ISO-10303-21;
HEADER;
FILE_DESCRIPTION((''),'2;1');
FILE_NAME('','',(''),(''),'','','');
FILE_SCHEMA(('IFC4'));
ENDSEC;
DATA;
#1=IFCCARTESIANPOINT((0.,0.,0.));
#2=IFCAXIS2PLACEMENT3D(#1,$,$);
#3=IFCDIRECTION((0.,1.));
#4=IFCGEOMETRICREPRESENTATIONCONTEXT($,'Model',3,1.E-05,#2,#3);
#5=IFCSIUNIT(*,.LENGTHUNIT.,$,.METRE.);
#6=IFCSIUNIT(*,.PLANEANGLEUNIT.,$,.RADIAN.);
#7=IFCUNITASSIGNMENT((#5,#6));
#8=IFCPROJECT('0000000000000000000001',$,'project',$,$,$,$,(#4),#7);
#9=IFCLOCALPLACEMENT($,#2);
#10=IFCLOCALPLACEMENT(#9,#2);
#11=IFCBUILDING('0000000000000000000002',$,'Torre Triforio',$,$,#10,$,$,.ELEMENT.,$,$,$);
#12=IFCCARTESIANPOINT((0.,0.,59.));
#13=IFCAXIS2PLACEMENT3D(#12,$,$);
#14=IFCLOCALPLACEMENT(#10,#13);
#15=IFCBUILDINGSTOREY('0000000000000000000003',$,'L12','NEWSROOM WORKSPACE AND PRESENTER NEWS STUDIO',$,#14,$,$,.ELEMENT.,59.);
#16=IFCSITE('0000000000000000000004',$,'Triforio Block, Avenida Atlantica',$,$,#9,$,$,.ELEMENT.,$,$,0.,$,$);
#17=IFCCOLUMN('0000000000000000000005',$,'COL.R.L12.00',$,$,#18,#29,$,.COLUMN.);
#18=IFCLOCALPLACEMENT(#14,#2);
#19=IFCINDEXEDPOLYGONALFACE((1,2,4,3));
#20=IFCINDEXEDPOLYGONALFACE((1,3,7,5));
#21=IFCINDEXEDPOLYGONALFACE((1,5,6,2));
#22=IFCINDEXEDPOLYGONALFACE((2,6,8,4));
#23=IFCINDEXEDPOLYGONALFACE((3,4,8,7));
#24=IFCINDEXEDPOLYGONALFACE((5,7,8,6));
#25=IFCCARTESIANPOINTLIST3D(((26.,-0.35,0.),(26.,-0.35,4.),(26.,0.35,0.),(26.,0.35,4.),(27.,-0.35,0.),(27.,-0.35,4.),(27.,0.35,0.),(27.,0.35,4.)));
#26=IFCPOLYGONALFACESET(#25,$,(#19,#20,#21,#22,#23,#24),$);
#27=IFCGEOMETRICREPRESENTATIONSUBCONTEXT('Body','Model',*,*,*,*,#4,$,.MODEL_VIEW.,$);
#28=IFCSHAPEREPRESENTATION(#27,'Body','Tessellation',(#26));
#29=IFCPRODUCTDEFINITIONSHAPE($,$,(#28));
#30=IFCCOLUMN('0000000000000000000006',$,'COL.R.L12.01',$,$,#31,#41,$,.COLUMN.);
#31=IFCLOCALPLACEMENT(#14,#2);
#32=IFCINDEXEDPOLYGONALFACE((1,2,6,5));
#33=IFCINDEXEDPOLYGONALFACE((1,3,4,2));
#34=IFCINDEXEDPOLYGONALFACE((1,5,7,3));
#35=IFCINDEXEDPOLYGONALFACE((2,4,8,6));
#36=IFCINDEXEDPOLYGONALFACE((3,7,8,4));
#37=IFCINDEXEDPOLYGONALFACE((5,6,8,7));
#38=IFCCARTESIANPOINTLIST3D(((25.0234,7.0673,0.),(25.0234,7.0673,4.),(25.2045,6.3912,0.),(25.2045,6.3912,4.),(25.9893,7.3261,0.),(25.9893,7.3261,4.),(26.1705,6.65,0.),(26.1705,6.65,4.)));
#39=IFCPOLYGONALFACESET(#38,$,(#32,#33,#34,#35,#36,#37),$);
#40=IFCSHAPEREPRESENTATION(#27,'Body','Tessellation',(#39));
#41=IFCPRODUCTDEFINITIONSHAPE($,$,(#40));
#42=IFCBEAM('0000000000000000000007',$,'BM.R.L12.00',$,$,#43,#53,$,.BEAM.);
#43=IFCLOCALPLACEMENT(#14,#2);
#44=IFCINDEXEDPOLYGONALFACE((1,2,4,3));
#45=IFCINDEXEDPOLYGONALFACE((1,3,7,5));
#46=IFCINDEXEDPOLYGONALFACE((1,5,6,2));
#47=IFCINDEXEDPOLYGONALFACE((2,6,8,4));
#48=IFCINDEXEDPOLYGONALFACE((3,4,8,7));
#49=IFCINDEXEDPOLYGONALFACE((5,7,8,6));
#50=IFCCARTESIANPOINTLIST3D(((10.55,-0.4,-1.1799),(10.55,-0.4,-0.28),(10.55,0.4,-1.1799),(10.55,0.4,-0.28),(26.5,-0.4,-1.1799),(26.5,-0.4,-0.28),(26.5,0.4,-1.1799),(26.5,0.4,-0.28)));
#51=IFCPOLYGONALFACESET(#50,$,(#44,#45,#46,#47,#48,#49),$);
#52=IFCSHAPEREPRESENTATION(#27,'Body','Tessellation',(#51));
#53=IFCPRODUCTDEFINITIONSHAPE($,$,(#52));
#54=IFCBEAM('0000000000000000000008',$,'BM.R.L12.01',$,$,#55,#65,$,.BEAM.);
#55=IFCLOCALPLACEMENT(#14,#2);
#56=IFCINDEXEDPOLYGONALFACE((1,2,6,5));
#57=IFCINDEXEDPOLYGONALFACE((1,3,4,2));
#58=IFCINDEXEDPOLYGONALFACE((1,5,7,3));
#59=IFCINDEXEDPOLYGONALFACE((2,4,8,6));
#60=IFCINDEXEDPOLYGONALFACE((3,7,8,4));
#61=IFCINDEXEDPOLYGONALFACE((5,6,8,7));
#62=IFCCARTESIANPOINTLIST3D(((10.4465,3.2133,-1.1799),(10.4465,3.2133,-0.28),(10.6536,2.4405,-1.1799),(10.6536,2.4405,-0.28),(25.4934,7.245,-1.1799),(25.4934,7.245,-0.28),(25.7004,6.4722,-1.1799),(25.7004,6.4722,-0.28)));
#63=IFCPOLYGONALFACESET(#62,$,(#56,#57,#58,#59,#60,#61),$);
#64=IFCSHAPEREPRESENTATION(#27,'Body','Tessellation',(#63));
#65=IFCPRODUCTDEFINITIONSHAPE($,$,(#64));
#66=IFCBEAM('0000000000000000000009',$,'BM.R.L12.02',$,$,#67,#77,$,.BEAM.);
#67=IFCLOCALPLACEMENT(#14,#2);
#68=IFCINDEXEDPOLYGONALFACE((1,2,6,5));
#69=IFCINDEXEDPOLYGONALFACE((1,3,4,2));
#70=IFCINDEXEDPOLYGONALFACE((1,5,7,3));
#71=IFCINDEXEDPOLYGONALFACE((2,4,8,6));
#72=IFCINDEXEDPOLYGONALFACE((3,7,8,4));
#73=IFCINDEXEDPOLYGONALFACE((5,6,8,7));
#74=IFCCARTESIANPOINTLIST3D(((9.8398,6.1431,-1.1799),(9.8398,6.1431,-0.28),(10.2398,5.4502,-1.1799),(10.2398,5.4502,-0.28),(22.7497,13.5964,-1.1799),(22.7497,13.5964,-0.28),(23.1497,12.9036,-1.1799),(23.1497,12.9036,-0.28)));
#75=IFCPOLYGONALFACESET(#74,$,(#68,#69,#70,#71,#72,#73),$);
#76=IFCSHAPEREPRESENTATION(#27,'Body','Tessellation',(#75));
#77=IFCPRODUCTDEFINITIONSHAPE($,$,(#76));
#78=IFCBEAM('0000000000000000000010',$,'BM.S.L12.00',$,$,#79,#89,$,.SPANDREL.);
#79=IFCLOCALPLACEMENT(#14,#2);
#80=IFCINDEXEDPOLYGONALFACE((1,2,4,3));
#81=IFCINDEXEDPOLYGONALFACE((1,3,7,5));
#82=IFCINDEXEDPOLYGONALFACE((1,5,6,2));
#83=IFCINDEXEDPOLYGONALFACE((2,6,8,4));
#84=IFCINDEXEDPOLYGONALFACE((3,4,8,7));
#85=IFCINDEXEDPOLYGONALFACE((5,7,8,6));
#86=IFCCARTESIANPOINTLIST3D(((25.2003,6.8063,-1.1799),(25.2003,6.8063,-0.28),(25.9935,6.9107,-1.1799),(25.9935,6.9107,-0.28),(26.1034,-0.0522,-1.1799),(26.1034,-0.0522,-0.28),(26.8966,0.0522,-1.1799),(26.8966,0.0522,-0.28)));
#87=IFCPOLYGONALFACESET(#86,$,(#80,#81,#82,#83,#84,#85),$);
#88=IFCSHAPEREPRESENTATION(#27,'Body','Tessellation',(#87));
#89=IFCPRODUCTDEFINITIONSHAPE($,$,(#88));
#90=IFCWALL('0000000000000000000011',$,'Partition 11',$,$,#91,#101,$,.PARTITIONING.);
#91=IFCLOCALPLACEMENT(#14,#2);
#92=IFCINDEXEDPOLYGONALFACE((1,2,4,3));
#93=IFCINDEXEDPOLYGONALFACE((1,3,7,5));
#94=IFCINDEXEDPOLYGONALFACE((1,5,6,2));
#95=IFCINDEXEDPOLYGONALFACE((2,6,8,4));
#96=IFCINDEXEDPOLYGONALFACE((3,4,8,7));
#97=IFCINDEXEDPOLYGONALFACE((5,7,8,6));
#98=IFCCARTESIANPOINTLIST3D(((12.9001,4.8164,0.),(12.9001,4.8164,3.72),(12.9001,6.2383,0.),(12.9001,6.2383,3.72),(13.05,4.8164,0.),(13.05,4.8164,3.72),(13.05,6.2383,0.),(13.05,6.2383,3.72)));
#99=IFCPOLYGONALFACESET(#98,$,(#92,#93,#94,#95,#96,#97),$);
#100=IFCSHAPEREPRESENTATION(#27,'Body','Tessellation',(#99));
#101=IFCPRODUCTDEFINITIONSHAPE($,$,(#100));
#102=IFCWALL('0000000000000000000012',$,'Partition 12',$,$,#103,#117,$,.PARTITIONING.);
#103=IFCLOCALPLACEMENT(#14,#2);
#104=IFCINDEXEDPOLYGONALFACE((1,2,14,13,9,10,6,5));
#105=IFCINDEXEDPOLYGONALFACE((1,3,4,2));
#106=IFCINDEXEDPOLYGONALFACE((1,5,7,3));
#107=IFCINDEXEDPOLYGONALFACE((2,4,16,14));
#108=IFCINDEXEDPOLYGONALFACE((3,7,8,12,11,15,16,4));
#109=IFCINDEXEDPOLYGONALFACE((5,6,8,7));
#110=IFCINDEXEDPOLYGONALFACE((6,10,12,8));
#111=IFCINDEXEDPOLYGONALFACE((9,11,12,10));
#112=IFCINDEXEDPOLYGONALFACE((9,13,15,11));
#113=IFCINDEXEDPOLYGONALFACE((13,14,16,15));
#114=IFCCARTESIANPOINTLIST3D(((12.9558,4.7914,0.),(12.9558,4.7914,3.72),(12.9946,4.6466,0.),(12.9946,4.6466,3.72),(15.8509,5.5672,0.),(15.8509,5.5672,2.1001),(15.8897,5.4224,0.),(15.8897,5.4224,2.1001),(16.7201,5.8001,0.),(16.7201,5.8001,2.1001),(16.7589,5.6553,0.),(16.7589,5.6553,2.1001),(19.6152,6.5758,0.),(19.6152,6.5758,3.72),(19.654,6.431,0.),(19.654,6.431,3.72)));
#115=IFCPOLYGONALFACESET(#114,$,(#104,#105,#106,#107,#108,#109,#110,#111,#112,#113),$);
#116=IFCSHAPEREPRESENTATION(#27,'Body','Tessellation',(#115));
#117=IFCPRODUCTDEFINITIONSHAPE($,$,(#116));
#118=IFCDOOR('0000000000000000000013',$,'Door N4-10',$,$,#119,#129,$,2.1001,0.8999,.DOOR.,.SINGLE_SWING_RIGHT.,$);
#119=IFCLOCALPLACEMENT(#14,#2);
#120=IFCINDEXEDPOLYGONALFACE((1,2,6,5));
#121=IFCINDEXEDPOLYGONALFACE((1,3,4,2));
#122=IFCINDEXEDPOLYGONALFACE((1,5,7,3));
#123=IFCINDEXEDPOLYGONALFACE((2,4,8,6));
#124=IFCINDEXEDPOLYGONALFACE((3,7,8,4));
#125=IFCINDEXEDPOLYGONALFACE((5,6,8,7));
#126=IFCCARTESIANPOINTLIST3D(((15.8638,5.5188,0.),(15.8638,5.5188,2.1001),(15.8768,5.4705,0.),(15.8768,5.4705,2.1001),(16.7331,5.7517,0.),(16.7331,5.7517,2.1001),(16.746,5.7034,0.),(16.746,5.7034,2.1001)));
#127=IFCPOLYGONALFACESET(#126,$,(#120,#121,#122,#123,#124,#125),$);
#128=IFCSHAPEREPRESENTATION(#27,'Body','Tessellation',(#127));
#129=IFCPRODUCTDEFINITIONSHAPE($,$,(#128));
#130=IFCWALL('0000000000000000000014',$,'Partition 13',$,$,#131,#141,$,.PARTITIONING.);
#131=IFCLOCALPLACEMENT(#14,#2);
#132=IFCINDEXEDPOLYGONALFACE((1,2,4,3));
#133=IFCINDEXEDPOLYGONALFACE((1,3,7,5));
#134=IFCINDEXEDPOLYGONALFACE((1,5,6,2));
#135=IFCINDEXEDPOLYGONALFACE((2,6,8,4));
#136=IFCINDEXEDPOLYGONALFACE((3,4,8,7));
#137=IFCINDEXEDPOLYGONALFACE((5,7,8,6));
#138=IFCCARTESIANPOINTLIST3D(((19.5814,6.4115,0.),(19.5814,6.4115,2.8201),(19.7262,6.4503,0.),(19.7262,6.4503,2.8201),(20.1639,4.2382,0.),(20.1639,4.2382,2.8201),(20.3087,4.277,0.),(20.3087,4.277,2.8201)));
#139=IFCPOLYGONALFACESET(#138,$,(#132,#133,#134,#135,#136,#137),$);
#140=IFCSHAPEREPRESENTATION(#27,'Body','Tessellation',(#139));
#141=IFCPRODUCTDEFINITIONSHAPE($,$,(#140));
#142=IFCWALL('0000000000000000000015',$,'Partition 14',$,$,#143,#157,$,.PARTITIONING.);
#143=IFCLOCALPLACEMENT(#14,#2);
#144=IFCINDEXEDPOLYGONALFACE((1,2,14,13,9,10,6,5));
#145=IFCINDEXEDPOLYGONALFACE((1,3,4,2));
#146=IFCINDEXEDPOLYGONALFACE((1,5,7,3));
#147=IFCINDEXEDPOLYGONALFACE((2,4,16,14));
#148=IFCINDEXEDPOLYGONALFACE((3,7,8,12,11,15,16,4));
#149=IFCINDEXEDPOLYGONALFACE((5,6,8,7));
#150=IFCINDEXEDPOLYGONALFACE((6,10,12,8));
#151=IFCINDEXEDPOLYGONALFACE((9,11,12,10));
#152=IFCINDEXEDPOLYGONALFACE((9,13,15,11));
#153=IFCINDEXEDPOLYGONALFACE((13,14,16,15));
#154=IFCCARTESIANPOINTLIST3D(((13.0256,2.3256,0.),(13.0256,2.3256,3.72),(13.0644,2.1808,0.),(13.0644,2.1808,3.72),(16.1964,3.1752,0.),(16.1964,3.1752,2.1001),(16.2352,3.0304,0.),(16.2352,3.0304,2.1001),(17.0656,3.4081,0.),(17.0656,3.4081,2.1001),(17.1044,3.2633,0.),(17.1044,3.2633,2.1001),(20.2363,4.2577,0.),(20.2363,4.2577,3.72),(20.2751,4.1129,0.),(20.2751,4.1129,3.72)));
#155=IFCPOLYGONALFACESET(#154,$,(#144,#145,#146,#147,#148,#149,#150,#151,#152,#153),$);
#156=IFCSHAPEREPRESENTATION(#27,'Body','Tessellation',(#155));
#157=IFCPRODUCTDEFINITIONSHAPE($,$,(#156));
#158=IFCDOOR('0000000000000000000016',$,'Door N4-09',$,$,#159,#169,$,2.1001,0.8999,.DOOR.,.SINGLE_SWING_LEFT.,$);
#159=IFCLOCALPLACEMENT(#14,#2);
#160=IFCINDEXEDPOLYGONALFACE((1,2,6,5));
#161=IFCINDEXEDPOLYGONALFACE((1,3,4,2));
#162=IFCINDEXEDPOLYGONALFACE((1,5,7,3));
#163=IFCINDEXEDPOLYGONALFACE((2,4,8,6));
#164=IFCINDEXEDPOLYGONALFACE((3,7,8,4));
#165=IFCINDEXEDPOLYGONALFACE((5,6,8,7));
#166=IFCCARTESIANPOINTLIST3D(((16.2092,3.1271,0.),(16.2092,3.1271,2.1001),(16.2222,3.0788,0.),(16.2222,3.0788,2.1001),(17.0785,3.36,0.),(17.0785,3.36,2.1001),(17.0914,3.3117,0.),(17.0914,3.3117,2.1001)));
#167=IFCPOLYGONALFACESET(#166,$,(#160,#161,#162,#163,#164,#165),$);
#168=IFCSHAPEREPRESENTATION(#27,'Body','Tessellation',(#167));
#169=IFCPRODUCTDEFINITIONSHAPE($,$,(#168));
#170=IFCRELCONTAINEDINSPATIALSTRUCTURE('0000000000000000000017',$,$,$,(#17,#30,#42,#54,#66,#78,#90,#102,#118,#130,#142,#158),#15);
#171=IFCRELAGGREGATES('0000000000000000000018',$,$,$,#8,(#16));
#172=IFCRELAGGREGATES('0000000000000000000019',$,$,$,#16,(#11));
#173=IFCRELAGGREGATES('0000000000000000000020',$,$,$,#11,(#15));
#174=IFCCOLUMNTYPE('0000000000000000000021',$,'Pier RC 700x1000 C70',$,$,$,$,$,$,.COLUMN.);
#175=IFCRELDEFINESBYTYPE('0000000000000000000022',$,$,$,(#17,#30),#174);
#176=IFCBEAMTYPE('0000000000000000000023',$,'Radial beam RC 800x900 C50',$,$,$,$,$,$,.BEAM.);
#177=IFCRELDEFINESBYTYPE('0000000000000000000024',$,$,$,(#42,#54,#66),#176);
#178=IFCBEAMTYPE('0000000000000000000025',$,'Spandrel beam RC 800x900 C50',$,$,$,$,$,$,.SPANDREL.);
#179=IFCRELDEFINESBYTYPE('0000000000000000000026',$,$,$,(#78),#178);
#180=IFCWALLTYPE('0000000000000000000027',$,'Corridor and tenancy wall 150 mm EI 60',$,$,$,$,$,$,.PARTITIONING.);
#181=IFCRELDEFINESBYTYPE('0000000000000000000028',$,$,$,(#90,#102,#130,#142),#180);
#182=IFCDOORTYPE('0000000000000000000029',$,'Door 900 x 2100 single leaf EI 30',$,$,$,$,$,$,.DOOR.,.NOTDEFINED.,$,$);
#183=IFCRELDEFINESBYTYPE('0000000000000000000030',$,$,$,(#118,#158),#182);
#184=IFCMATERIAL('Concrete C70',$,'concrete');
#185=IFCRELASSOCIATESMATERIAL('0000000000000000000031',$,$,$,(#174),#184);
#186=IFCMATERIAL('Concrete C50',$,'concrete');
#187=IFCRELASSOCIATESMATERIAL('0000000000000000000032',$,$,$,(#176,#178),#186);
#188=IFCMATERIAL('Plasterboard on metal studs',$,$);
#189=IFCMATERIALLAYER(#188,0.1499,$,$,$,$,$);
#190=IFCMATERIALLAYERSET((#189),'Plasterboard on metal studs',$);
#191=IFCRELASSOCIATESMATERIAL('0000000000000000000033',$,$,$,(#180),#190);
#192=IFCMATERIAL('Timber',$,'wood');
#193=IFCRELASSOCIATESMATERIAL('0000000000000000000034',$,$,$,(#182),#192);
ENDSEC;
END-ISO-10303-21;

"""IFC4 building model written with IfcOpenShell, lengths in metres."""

from ifc_helpers import new_model, si_unit, direction, frame, frame_2d, origin, origin_2d, place, context, subcontext, project, spatial, rectangle, extrude, material, layer, layer_set, material_profile, profile_set, type_object, element, fill, save


model = new_model("IFC4")

# Units and contexts
model_context = context("Model", 3, precision=1e-05, world=origin(), true_north=direction((0.0, 1.0)))
body_context = subcontext(model_context, "Body", "Model", "MODEL_VIEW")
ifc_project = project(units=[si_unit("LENGTHUNIT", "METRE"), si_unit("PLANEANGLEUNIT", "RADIAN")], contexts=[model_context])

# Site, building, storey
site_placement = place(None, origin())
site = spatial("IfcSite", under=ifc_project, at=site_placement, Name="Triforio Block, Avenida Atlantica", CompositionType="ELEMENT", RefElevation=0.0)
building_placement = place(site_placement, origin())
building = spatial("IfcBuilding", under=site, at=building_placement, Name="Torre Triforio", CompositionType="ELEMENT")
storey_placement = place(building_placement, frame((0.0, 0.0, 59.0)))
storey = spatial("IfcBuildingStorey", under=building, at=storey_placement, Name="L12", Description="NEWSROOM WORKSPACE AND PRESENTER NEWS STUDIO", CompositionType="ELEMENT", Elevation=59.0)

# Columns
ifc_material_1 = material(Name="Concrete C70", Category="concrete")
ifc_material_profile_1 = material_profile(ifc_material_1, rectangle(XDim=0.7, YDim=1.0, at=origin_2d()), Name="RC 700x1000")
ifc_profile_set_1 = profile_set([ifc_material_profile_1], Name="Concrete C70")
column_type = type_object("IfcColumnType", Name="Pier RC 700x1000 C70", PredefinedType="COLUMN", material=ifc_profile_set_1)
for number, where, z_axis, x_axis, name in (
    (1, (26.5, 0.0, 0.0), (0.0, 0.0, 1.0), (0.0, 1.0, 0.0), "COL.R.L12.00"),
    (2, (25.5969, 6.8586, 0.0), (0.0, 0.0, 1.0), (-0.258819, 0.965926, 0.0), "COL.R.L12.01"),
):
    element("IfcColumn", number, at=place(storey_placement, frame(where, z_axis=z_axis, x_axis=x_axis)), inside=storey, type_object=column_type, Name=name, PredefinedType="COLUMN", context=body_context, shape_type="SweptSolid", body=[
        extrude(rectangle(XDim=0.7, YDim=1.0, at=origin_2d()), origin(), (0.0, 0.0, 1.0), 4.0),
    ])

# Beams
ifc_material_2 = material(Name="Concrete C50", Category="concrete")
ifc_material_profile_2 = material_profile(ifc_material_2, rectangle(XDim=0.8, YDim=0.8999, at=origin_2d()), Name="RC 800x900")
ifc_profile_set_2 = profile_set([ifc_material_profile_2], Name="Concrete C50")
beam_type_1 = type_object("IfcBeamType", Name="Radial beam RC 800x900 C50", PredefinedType="BEAM", material=ifc_profile_set_2)
beam_1_placement = place(storey_placement, frame((10.55, 0.0, -0.73), z_axis=(1.0, 0.0, 0.0), x_axis=(0.0, 1.0, 0.0)))
element("IfcBeam", 3, at=beam_1_placement, inside=storey, type_object=beam_type_1, Name="BM.R.L12.00", PredefinedType="BEAM", context=body_context, shape_type="SweptSolid", body=[
    extrude(rectangle(XDim=0.8, YDim=0.8999, at=origin_2d()), origin(), (0.0, 0.0, 1.0), 15.95),
])
beam_2_placement = place(storey_placement, frame((10.55, 2.8269, -0.73), z_axis=(0.965927, 0.258815, 0.0), x_axis=(-0.258815, 0.965927, 0.0)))
element("IfcBeam", 4, at=beam_2_placement, inside=storey, type_object=beam_type_1, Name="BM.R.L12.01", PredefinedType="BEAM", context=body_context, shape_type="SweptSolid", body=[
    extrude(rectangle(XDim=0.8, YDim=0.8999, at=origin_2d()), origin(), (0.0, 0.0, 1.0), 15.5776),
])
beam_3_placement = place(storey_placement, frame((10.0398, 5.7966, -0.73), z_axis=(0.86603, 0.499991, 0.0), x_axis=(-0.499991, 0.86603, 0.0)))
element("IfcBeam", 5, at=beam_3_placement, inside=storey, type_object=beam_type_1, Name="BM.R.L12.02", PredefinedType="BEAM", context=body_context, shape_type="SweptSolid", body=[
    extrude(rectangle(XDim=0.8, YDim=0.8999, at=origin_2d()), origin(), (0.0, 0.0, 1.0), 14.907),
])
ifc_material_profile_3 = material_profile(ifc_material_2, rectangle(XDim=0.8, YDim=0.8999, at=origin_2d()), Name="RC 800x900")
ifc_profile_set_3 = profile_set([ifc_material_profile_3], Name="Concrete C50")
beam_type_2 = type_object("IfcBeamType", Name="Spandrel beam RC 800x900 C50", PredefinedType="SPANDREL", material=ifc_profile_set_3)
beam_4_placement = place(storey_placement, frame((26.5, 0.0, -0.73), z_axis=(-0.130543, 0.991443, 0.0), x_axis=(-0.991443, -0.130543, 0.0)))
element("IfcBeam", 6, at=beam_4_placement, inside=storey, type_object=beam_type_2, Name="BM.S.L12.00", PredefinedType="SPANDREL", context=body_context, shape_type="SweptSolid", body=[
    extrude(rectangle(XDim=0.8, YDim=0.8999, at=origin_2d()), origin(), (0.0, 0.0, 1.0), 6.9177),
])

# Wall
ifc_material_3 = material(Name="Plasterboard on metal studs")
ifc_layer_1 = layer(ifc_material_3, 0.1499)
ifc_layer_set_1 = layer_set([ifc_layer_1], Name="Plasterboard on metal studs")
wall_type_1 = type_object("IfcWallType", Name="Corridor and tenancy wall 150 mm EI 60", PredefinedType="PARTITIONING", material=ifc_layer_set_1)
wall_1_placement = place(storey_placement, frame((12.9751, 6.2383, 0.0), z_axis=(0.0, 0.0, 1.0), x_axis=(0.0, -1.0, 0.0)))
element("IfcWall", 7, at=wall_1_placement, inside=storey, type_object=wall_type_1, Name="Partition 11", PredefinedType="PARTITIONING", context=body_context, shape_type="SweptSolid", body=[
    extrude(rectangle(XDim=1.4219, YDim=0.1499, at=frame_2d((0.7109, 0.0))), origin(), (0.0, 0.0, 1.0), 3.72),
])

# Wall, opening, door
wall_2_placement = place(storey_placement, frame((12.9751, 4.719, 0.0), z_axis=(0.0, 0.0, 1.0), x_axis=(0.965924, 0.258824, 0.0)))
wall_2 = element("IfcWall", 8, at=wall_2_placement, inside=storey, type_object=wall_type_1, Name="Partition 12", PredefinedType="PARTITIONING", context=body_context, shape_type="SweptSolid", body=[
    extrude(rectangle(XDim=6.8943, YDim=0.1499, at=frame_2d((3.4473, 0.0))), origin(), (0.0, 0.0, 1.0), 3.72),
])
opening_1_placement = place(wall_2_placement, frame((2.9973, 0.0, 0.0)))
opening_1 = element("IfcOpeningElement", 9, at=opening_1_placement, cuts=wall_2, PredefinedType="OPENING", context=body_context, shape_type="SweptSolid", body=[
    extrude(rectangle(XDim=0.8999, YDim=2.1001, at=frame_2d((0.45, 1.05))), frame((0.0, 0.085, 0.0), z_axis=(0.0, -1.0, 0.0), x_axis=(1.0, 0.0, 0.0)), (0.0, 0.0, 1.0), 0.1699),
])
ifc_material_4 = material(Name="Timber", Category="wood")
door_type_1 = type_object("IfcDoorType", Name="Door 900 x 2100 single leaf EI 30", OperationType="NOTDEFINED", PredefinedType="DOOR", material=ifc_material_4)
door_1_placement = place(opening_1_placement, origin())
door_1 = element("IfcDoor", 10, at=door_1_placement, inside=storey, type_object=door_type_1, Name="Door N4-10", OperationType="SINGLE_SWING_RIGHT", OverallHeight=2.1001, OverallWidth=0.8999, PredefinedType="DOOR", context=body_context, shape_type="SweptSolid", body=[
    extrude(rectangle(XDim=0.8999, YDim=2.1001, at=frame_2d((0.45, 1.05))), frame((0.0, 0.0249, 0.0), z_axis=(0.0, -1.0, 0.0), x_axis=(1.0, 0.0, 0.0)), (0.0, 0.0, 1.0), 0.05),
])
fill(opening_1, door_1)

# Wall
wall_3_placement = place(storey_placement, frame((19.6538, 6.4309, 0.0), z_axis=(0.0, 0.0, 1.0), x_axis=(0.258892, -0.965906, 0.0)))
element("IfcWall", 11, at=wall_3_placement, inside=storey, type_object=wall_type_1, Name="Partition 13", PredefinedType="PARTITIONING", context=body_context, shape_type="SweptSolid", body=[
    extrude(rectangle(XDim=2.25, YDim=0.1499, at=frame_2d((1.125, 0.0))), origin(), (0.0, 0.0, 1.0), 2.8201),
])

# Wall, opening, door
wall_4_placement = place(storey_placement, frame((20.2556, 4.1853, 0.0), z_axis=(0.0, 0.0, 1.0), x_axis=(-0.965925, -0.258823, 0.0)))
wall_4 = element("IfcWall", 12, at=wall_4_placement, inside=storey, type_object=wall_type_1, Name="Partition 14", PredefinedType="PARTITIONING", context=body_context, shape_type="SweptSolid", body=[
    extrude(rectangle(XDim=7.4651, YDim=0.1499, at=frame_2d((3.7324, 0.0))), origin(), (0.0, 0.0, 1.0), 3.72),
])
opening_2_placement = place(wall_4_placement, frame((3.2825, 0.0, 0.0)))
opening_2 = element("IfcOpeningElement", 13, at=opening_2_placement, cuts=wall_4, PredefinedType="OPENING", context=body_context, shape_type="SweptSolid", body=[
    extrude(rectangle(XDim=0.8999, YDim=2.1001, at=frame_2d((0.45, 1.05))), frame((0.0, 0.085, 0.0), z_axis=(0.0, -1.0, 0.0), x_axis=(1.0, 0.0, 0.0)), (0.0, 0.0, 1.0), 0.1699),
])
door_2_placement = place(opening_2_placement, origin())
door_2 = element("IfcDoor", 14, at=door_2_placement, inside=storey, type_object=door_type_1, Name="Door N4-09", OperationType="SINGLE_SWING_LEFT", OverallHeight=2.1001, OverallWidth=0.8999, PredefinedType="DOOR", context=body_context, shape_type="SweptSolid", body=[
    extrude(rectangle(XDim=0.8999, YDim=2.1001, at=frame_2d((0.45, 1.05))), frame((0.0, 0.0249, 0.0), z_axis=(0.0, -1.0, 0.0), x_axis=(1.0, 0.0, 0.0)), (0.0, 0.0, 1.0), 0.05),
])
fill(opening_2, door_2)

save(model, "model.ifc")
